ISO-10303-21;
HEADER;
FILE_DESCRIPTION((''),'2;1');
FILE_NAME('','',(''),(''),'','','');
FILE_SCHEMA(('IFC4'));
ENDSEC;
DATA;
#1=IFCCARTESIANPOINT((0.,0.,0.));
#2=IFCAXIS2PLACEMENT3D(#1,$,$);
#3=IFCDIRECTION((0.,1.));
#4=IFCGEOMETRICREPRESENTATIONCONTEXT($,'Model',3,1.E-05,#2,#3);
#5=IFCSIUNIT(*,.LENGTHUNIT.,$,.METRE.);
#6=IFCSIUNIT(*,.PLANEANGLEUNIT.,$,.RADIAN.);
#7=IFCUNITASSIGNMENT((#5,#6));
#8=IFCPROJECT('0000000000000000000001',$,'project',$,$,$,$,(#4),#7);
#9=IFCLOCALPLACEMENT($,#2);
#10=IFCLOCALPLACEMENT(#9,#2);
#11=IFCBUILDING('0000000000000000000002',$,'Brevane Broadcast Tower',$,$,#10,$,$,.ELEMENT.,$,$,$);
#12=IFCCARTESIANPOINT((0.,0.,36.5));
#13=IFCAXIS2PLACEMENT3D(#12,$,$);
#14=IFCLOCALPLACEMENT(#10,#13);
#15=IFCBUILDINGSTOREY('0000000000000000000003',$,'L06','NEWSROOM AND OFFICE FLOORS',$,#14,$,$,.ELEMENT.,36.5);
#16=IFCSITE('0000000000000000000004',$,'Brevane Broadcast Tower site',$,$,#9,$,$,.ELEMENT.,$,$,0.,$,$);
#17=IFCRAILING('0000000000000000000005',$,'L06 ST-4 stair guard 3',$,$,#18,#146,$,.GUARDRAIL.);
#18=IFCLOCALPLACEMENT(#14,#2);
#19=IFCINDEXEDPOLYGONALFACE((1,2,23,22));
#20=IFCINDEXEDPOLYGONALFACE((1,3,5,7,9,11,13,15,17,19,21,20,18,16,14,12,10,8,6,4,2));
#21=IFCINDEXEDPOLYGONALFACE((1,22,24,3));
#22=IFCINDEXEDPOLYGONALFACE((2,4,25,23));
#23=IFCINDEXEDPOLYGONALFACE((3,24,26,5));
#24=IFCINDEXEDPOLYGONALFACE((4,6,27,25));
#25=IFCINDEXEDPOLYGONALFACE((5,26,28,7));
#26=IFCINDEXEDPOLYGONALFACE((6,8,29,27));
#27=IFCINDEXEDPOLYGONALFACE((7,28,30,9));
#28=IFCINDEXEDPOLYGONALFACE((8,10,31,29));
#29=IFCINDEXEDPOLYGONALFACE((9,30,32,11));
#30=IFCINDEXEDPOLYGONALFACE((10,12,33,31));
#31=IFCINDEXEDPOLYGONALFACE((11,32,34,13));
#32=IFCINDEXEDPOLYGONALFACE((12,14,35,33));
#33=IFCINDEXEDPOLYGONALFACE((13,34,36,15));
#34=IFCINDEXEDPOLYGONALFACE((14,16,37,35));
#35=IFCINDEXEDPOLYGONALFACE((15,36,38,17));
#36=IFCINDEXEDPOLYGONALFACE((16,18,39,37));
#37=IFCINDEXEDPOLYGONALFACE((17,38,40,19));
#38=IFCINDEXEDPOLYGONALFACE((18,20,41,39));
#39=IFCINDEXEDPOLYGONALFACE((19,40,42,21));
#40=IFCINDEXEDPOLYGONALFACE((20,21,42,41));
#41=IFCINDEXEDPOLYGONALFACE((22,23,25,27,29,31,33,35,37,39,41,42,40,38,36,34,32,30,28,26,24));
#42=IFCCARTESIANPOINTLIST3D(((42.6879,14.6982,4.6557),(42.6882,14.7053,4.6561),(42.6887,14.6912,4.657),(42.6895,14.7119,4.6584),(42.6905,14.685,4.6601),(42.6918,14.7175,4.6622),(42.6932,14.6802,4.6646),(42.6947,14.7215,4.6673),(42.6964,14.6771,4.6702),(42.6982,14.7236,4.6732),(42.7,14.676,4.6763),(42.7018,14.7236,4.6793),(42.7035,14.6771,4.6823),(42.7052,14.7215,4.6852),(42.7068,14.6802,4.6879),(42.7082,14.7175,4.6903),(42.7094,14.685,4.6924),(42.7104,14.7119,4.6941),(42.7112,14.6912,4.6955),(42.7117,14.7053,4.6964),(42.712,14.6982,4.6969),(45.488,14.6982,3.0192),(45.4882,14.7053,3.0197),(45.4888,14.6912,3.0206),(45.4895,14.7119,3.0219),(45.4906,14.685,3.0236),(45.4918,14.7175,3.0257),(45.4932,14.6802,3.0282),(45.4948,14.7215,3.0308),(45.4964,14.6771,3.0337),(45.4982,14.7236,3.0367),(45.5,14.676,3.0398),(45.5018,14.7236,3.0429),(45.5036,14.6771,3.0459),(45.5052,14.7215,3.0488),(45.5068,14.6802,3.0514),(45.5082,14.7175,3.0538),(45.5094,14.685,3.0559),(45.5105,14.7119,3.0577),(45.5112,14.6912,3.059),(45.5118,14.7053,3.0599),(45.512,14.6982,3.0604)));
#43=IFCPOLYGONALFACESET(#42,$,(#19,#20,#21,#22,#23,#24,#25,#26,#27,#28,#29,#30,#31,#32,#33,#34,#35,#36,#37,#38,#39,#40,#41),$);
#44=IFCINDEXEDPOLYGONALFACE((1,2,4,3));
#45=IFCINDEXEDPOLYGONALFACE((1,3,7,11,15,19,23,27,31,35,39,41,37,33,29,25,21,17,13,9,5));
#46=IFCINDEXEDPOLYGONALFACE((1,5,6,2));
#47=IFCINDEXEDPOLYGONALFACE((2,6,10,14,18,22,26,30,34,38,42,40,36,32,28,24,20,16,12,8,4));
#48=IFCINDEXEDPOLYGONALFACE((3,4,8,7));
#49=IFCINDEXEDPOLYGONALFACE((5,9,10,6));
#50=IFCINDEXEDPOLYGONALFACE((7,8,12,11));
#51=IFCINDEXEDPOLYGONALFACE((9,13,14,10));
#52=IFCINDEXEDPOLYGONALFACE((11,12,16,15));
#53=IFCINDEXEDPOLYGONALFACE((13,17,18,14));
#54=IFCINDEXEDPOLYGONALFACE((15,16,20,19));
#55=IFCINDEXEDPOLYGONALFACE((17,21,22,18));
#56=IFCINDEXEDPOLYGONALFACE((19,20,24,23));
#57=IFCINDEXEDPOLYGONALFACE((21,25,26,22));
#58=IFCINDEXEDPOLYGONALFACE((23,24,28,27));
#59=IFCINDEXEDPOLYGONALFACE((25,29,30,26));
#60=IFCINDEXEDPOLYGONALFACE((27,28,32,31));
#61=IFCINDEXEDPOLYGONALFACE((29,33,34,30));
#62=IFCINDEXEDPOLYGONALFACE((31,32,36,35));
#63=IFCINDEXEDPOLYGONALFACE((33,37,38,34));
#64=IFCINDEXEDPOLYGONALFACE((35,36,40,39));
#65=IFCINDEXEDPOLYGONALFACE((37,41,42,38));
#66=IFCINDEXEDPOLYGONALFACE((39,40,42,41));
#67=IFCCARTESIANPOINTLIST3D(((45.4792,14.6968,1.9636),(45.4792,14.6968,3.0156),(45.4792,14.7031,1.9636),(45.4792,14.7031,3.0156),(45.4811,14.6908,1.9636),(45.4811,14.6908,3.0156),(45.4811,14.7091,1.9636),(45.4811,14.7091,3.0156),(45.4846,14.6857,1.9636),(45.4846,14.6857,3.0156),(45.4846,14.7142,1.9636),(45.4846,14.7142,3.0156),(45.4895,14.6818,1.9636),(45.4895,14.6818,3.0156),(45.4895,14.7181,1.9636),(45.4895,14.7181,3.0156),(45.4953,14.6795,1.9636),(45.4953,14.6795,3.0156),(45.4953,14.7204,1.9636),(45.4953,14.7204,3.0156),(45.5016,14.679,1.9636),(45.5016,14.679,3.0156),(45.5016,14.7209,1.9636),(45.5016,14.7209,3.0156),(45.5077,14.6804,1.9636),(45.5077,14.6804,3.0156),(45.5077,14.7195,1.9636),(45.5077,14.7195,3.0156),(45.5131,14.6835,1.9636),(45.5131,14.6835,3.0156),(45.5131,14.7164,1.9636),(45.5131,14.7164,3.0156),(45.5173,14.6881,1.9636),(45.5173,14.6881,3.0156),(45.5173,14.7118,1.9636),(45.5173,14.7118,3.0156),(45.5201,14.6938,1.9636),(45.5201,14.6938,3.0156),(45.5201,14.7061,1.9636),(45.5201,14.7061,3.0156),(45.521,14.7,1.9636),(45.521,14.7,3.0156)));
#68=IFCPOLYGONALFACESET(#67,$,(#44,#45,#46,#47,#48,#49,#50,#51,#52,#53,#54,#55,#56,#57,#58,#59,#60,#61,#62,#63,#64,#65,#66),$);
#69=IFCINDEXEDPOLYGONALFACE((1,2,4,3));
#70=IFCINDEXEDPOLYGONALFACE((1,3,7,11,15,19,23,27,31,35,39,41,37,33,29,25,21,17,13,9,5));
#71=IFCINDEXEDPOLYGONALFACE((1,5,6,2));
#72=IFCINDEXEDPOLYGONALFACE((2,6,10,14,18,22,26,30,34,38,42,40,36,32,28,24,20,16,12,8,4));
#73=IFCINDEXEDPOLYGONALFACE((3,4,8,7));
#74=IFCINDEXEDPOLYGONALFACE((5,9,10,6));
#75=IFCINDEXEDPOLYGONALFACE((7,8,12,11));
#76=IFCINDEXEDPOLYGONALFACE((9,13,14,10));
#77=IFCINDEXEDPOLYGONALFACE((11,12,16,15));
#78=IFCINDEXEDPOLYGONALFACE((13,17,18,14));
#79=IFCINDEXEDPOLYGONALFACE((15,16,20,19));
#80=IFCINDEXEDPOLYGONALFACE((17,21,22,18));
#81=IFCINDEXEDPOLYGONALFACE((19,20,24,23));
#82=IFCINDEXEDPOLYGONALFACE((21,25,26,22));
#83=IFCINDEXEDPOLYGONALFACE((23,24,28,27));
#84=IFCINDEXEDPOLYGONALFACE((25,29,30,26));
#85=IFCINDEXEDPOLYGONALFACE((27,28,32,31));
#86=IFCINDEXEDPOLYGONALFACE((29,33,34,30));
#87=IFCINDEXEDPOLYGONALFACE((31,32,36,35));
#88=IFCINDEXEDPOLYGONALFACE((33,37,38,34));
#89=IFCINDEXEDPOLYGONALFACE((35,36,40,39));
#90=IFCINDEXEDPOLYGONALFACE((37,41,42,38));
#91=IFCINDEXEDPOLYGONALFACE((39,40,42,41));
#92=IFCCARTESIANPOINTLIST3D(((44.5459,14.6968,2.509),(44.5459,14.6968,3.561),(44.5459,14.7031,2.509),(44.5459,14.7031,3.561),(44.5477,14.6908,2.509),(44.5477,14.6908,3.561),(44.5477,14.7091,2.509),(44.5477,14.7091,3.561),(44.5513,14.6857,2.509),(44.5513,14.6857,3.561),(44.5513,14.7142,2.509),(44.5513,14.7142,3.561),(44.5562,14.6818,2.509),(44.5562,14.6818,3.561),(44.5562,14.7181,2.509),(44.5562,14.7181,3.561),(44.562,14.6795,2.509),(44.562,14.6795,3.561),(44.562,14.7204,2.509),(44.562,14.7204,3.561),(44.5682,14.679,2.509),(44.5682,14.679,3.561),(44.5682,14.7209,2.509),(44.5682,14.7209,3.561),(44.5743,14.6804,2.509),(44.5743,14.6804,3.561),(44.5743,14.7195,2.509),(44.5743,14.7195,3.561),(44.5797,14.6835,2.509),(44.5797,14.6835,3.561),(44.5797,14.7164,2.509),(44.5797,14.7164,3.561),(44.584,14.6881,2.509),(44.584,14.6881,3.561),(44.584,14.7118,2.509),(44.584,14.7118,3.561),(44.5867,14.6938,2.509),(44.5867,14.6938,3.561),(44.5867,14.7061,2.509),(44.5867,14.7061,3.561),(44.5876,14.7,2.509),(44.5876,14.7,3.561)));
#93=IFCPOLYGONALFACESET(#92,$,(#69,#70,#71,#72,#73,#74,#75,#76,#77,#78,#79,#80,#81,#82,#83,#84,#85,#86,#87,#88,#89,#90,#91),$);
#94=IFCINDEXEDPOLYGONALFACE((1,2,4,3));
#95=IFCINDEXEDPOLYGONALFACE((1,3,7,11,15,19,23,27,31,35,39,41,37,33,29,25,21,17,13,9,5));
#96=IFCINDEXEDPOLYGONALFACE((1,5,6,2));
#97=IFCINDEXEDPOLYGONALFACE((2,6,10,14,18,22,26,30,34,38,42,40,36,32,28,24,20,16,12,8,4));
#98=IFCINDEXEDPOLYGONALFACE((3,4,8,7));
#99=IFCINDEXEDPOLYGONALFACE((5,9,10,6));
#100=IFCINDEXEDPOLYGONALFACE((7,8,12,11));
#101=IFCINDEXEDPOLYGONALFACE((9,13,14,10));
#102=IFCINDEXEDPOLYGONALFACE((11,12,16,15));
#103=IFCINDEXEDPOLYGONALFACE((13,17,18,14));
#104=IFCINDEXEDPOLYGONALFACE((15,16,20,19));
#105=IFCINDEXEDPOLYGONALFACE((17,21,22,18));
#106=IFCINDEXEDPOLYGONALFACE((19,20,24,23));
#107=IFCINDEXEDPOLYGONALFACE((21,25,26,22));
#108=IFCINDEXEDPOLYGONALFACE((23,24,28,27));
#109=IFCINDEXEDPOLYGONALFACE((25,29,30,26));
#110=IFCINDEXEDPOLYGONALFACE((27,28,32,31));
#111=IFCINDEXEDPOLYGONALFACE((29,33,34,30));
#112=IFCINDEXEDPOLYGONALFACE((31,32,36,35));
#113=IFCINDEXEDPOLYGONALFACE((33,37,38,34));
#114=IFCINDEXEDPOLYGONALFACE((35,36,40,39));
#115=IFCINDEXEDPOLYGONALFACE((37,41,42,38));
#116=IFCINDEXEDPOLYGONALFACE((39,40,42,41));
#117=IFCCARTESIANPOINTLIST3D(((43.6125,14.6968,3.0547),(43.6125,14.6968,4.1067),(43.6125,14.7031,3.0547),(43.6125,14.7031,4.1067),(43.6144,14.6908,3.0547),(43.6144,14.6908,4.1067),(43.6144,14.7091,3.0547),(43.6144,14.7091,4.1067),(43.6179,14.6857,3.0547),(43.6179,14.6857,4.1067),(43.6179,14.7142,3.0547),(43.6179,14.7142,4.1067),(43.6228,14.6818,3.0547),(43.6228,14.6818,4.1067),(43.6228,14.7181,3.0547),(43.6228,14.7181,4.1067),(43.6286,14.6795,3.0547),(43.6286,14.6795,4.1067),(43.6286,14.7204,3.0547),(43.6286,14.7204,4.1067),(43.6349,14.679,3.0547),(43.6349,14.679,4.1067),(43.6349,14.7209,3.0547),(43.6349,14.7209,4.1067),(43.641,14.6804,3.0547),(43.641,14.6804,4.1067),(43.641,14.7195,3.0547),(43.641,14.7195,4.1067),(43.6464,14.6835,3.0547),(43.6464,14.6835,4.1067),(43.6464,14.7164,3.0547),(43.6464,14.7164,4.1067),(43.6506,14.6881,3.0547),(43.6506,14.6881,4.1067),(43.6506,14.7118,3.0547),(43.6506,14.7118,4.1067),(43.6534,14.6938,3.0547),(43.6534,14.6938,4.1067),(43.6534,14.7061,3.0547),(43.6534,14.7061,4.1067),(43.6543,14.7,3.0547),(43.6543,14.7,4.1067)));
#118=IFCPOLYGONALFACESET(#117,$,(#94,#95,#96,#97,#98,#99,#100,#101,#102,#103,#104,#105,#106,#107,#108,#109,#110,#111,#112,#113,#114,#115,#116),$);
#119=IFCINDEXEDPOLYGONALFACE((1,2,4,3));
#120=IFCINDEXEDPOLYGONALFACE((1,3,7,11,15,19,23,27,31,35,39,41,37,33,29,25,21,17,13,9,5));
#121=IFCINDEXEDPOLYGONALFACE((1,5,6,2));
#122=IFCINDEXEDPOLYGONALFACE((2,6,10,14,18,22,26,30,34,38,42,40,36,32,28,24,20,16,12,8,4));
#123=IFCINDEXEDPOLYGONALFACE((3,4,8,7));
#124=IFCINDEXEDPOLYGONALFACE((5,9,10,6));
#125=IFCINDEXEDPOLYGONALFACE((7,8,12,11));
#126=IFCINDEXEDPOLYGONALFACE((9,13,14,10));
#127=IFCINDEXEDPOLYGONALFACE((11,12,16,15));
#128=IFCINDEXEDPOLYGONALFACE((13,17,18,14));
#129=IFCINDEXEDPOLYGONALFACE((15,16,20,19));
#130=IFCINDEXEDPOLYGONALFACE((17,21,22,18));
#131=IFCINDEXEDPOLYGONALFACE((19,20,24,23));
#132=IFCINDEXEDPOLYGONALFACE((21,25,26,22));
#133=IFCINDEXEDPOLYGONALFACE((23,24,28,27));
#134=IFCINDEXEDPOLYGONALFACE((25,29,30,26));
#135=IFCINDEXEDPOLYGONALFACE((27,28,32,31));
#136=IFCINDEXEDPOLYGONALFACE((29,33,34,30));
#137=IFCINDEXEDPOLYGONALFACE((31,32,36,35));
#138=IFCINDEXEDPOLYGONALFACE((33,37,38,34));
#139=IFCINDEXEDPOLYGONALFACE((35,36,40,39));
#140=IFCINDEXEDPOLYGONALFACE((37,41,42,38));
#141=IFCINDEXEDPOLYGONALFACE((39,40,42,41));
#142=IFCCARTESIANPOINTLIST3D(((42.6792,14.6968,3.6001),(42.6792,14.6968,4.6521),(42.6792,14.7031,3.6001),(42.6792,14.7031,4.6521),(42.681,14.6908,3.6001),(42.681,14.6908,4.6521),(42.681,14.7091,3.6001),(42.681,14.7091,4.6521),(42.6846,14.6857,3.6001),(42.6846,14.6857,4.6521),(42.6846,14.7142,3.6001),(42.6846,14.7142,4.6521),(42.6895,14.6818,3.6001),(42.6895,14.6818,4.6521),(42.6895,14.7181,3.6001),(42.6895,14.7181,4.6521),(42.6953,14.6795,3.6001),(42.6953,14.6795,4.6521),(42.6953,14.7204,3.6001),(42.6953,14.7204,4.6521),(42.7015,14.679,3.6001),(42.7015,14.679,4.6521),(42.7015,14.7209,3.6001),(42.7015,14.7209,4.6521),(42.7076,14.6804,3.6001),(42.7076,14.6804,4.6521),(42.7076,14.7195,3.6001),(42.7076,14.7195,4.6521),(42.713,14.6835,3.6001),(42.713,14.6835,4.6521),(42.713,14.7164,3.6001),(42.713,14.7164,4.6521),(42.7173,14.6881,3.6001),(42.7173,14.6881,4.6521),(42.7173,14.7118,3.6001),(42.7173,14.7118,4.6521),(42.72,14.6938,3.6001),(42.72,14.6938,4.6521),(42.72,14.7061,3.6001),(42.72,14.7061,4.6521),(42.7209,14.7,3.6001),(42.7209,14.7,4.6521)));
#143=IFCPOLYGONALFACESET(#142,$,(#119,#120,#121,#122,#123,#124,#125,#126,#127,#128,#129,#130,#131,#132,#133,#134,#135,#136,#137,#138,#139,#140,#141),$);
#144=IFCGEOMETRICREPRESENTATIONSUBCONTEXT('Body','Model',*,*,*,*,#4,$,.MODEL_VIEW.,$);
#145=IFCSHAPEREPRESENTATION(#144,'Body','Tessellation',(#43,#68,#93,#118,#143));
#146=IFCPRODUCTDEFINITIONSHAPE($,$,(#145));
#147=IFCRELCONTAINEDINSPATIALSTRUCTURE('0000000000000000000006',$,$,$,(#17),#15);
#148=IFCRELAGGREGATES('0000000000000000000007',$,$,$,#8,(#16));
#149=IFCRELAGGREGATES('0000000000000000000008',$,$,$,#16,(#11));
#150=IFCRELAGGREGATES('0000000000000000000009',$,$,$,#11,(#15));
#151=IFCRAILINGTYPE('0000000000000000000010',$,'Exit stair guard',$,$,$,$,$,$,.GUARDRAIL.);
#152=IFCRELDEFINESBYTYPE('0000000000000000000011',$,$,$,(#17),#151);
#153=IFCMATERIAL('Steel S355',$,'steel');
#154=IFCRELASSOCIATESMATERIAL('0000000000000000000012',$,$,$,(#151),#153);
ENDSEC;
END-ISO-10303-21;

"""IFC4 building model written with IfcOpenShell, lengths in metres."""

from ifc_helpers import new_model, si_unit, direction, frame, origin, origin_2d, place, context, subcontext, project, spatial, circle, extrude, material, type_object, element, save


model = new_model("IFC4")

# Units and contexts
model_context = context("Model", 3, precision=1e-05, world=origin(), true_north=direction((0.0, 1.0)))
body_context = subcontext(model_context, "Body", "Model", "MODEL_VIEW")
ifc_project = project(units=[si_unit("LENGTHUNIT", "METRE"), si_unit("PLANEANGLEUNIT", "RADIAN")], contexts=[model_context])

# Site, building, storey
site_placement = place(None, origin())
site = spatial("IfcSite", under=ifc_project, at=site_placement, Name="Brevane Broadcast Tower site", CompositionType="ELEMENT", RefElevation=0.0)
building_placement = place(site_placement, origin())
building = spatial("IfcBuilding", under=site, at=building_placement, Name="Brevane Broadcast Tower", CompositionType="ELEMENT")
storey_placement = place(building_placement, frame((0.0, 0.0, 36.5)))
storey = spatial("IfcBuildingStorey", under=building, at=storey_placement, Name="L06", Description="NEWSROOM AND OFFICE FLOORS", CompositionType="ELEMENT", Elevation=36.5)

# Railing
ifc_material_1 = material(Name="Steel S355", Category="steel")
railing_type_1 = type_object("IfcRailingType", Name="Exit stair guard", PredefinedType="GUARDRAIL", material=ifc_material_1)
railing_1_placement = place(storey_placement, frame((45.5, 14.7, 1.9636)))
element("IfcRailing", 1, at=railing_1_placement, inside=storey, type_object=railing_type_1, Name="L06 ST-4 stair guard 3", PredefinedType="GUARDRAIL", context=body_context, shape_type="SweptSolid", body=[
    extrude(circle(Radius=0.0239, at=origin_2d()), frame((0.0, 0.0, 1.0762), z_axis=(-0.863361, 0.0, 0.504587), x_axis=(0.0, -1.0, 0.0)), (0.0, 0.0, 1.0), 3.2432),
    extrude(circle(Radius=0.021, at=origin_2d()), origin(), (0.0, 0.0, 1.0), 1.052),
    extrude(circle(Radius=0.021, at=origin_2d()), frame((-0.9333, 0.0, 0.5454)), (0.0, 0.0, 1.0), 1.052),
    extrude(circle(Radius=0.021, at=origin_2d()), frame((-1.8667, 0.0, 1.0911)), (0.0, 0.0, 1.0), 1.052),
    extrude(circle(Radius=0.021, at=origin_2d()), frame((-2.8, 0.0, 1.6365)), (0.0, 0.0, 1.0), 1.052),
])

save(model, "model.ifc")
